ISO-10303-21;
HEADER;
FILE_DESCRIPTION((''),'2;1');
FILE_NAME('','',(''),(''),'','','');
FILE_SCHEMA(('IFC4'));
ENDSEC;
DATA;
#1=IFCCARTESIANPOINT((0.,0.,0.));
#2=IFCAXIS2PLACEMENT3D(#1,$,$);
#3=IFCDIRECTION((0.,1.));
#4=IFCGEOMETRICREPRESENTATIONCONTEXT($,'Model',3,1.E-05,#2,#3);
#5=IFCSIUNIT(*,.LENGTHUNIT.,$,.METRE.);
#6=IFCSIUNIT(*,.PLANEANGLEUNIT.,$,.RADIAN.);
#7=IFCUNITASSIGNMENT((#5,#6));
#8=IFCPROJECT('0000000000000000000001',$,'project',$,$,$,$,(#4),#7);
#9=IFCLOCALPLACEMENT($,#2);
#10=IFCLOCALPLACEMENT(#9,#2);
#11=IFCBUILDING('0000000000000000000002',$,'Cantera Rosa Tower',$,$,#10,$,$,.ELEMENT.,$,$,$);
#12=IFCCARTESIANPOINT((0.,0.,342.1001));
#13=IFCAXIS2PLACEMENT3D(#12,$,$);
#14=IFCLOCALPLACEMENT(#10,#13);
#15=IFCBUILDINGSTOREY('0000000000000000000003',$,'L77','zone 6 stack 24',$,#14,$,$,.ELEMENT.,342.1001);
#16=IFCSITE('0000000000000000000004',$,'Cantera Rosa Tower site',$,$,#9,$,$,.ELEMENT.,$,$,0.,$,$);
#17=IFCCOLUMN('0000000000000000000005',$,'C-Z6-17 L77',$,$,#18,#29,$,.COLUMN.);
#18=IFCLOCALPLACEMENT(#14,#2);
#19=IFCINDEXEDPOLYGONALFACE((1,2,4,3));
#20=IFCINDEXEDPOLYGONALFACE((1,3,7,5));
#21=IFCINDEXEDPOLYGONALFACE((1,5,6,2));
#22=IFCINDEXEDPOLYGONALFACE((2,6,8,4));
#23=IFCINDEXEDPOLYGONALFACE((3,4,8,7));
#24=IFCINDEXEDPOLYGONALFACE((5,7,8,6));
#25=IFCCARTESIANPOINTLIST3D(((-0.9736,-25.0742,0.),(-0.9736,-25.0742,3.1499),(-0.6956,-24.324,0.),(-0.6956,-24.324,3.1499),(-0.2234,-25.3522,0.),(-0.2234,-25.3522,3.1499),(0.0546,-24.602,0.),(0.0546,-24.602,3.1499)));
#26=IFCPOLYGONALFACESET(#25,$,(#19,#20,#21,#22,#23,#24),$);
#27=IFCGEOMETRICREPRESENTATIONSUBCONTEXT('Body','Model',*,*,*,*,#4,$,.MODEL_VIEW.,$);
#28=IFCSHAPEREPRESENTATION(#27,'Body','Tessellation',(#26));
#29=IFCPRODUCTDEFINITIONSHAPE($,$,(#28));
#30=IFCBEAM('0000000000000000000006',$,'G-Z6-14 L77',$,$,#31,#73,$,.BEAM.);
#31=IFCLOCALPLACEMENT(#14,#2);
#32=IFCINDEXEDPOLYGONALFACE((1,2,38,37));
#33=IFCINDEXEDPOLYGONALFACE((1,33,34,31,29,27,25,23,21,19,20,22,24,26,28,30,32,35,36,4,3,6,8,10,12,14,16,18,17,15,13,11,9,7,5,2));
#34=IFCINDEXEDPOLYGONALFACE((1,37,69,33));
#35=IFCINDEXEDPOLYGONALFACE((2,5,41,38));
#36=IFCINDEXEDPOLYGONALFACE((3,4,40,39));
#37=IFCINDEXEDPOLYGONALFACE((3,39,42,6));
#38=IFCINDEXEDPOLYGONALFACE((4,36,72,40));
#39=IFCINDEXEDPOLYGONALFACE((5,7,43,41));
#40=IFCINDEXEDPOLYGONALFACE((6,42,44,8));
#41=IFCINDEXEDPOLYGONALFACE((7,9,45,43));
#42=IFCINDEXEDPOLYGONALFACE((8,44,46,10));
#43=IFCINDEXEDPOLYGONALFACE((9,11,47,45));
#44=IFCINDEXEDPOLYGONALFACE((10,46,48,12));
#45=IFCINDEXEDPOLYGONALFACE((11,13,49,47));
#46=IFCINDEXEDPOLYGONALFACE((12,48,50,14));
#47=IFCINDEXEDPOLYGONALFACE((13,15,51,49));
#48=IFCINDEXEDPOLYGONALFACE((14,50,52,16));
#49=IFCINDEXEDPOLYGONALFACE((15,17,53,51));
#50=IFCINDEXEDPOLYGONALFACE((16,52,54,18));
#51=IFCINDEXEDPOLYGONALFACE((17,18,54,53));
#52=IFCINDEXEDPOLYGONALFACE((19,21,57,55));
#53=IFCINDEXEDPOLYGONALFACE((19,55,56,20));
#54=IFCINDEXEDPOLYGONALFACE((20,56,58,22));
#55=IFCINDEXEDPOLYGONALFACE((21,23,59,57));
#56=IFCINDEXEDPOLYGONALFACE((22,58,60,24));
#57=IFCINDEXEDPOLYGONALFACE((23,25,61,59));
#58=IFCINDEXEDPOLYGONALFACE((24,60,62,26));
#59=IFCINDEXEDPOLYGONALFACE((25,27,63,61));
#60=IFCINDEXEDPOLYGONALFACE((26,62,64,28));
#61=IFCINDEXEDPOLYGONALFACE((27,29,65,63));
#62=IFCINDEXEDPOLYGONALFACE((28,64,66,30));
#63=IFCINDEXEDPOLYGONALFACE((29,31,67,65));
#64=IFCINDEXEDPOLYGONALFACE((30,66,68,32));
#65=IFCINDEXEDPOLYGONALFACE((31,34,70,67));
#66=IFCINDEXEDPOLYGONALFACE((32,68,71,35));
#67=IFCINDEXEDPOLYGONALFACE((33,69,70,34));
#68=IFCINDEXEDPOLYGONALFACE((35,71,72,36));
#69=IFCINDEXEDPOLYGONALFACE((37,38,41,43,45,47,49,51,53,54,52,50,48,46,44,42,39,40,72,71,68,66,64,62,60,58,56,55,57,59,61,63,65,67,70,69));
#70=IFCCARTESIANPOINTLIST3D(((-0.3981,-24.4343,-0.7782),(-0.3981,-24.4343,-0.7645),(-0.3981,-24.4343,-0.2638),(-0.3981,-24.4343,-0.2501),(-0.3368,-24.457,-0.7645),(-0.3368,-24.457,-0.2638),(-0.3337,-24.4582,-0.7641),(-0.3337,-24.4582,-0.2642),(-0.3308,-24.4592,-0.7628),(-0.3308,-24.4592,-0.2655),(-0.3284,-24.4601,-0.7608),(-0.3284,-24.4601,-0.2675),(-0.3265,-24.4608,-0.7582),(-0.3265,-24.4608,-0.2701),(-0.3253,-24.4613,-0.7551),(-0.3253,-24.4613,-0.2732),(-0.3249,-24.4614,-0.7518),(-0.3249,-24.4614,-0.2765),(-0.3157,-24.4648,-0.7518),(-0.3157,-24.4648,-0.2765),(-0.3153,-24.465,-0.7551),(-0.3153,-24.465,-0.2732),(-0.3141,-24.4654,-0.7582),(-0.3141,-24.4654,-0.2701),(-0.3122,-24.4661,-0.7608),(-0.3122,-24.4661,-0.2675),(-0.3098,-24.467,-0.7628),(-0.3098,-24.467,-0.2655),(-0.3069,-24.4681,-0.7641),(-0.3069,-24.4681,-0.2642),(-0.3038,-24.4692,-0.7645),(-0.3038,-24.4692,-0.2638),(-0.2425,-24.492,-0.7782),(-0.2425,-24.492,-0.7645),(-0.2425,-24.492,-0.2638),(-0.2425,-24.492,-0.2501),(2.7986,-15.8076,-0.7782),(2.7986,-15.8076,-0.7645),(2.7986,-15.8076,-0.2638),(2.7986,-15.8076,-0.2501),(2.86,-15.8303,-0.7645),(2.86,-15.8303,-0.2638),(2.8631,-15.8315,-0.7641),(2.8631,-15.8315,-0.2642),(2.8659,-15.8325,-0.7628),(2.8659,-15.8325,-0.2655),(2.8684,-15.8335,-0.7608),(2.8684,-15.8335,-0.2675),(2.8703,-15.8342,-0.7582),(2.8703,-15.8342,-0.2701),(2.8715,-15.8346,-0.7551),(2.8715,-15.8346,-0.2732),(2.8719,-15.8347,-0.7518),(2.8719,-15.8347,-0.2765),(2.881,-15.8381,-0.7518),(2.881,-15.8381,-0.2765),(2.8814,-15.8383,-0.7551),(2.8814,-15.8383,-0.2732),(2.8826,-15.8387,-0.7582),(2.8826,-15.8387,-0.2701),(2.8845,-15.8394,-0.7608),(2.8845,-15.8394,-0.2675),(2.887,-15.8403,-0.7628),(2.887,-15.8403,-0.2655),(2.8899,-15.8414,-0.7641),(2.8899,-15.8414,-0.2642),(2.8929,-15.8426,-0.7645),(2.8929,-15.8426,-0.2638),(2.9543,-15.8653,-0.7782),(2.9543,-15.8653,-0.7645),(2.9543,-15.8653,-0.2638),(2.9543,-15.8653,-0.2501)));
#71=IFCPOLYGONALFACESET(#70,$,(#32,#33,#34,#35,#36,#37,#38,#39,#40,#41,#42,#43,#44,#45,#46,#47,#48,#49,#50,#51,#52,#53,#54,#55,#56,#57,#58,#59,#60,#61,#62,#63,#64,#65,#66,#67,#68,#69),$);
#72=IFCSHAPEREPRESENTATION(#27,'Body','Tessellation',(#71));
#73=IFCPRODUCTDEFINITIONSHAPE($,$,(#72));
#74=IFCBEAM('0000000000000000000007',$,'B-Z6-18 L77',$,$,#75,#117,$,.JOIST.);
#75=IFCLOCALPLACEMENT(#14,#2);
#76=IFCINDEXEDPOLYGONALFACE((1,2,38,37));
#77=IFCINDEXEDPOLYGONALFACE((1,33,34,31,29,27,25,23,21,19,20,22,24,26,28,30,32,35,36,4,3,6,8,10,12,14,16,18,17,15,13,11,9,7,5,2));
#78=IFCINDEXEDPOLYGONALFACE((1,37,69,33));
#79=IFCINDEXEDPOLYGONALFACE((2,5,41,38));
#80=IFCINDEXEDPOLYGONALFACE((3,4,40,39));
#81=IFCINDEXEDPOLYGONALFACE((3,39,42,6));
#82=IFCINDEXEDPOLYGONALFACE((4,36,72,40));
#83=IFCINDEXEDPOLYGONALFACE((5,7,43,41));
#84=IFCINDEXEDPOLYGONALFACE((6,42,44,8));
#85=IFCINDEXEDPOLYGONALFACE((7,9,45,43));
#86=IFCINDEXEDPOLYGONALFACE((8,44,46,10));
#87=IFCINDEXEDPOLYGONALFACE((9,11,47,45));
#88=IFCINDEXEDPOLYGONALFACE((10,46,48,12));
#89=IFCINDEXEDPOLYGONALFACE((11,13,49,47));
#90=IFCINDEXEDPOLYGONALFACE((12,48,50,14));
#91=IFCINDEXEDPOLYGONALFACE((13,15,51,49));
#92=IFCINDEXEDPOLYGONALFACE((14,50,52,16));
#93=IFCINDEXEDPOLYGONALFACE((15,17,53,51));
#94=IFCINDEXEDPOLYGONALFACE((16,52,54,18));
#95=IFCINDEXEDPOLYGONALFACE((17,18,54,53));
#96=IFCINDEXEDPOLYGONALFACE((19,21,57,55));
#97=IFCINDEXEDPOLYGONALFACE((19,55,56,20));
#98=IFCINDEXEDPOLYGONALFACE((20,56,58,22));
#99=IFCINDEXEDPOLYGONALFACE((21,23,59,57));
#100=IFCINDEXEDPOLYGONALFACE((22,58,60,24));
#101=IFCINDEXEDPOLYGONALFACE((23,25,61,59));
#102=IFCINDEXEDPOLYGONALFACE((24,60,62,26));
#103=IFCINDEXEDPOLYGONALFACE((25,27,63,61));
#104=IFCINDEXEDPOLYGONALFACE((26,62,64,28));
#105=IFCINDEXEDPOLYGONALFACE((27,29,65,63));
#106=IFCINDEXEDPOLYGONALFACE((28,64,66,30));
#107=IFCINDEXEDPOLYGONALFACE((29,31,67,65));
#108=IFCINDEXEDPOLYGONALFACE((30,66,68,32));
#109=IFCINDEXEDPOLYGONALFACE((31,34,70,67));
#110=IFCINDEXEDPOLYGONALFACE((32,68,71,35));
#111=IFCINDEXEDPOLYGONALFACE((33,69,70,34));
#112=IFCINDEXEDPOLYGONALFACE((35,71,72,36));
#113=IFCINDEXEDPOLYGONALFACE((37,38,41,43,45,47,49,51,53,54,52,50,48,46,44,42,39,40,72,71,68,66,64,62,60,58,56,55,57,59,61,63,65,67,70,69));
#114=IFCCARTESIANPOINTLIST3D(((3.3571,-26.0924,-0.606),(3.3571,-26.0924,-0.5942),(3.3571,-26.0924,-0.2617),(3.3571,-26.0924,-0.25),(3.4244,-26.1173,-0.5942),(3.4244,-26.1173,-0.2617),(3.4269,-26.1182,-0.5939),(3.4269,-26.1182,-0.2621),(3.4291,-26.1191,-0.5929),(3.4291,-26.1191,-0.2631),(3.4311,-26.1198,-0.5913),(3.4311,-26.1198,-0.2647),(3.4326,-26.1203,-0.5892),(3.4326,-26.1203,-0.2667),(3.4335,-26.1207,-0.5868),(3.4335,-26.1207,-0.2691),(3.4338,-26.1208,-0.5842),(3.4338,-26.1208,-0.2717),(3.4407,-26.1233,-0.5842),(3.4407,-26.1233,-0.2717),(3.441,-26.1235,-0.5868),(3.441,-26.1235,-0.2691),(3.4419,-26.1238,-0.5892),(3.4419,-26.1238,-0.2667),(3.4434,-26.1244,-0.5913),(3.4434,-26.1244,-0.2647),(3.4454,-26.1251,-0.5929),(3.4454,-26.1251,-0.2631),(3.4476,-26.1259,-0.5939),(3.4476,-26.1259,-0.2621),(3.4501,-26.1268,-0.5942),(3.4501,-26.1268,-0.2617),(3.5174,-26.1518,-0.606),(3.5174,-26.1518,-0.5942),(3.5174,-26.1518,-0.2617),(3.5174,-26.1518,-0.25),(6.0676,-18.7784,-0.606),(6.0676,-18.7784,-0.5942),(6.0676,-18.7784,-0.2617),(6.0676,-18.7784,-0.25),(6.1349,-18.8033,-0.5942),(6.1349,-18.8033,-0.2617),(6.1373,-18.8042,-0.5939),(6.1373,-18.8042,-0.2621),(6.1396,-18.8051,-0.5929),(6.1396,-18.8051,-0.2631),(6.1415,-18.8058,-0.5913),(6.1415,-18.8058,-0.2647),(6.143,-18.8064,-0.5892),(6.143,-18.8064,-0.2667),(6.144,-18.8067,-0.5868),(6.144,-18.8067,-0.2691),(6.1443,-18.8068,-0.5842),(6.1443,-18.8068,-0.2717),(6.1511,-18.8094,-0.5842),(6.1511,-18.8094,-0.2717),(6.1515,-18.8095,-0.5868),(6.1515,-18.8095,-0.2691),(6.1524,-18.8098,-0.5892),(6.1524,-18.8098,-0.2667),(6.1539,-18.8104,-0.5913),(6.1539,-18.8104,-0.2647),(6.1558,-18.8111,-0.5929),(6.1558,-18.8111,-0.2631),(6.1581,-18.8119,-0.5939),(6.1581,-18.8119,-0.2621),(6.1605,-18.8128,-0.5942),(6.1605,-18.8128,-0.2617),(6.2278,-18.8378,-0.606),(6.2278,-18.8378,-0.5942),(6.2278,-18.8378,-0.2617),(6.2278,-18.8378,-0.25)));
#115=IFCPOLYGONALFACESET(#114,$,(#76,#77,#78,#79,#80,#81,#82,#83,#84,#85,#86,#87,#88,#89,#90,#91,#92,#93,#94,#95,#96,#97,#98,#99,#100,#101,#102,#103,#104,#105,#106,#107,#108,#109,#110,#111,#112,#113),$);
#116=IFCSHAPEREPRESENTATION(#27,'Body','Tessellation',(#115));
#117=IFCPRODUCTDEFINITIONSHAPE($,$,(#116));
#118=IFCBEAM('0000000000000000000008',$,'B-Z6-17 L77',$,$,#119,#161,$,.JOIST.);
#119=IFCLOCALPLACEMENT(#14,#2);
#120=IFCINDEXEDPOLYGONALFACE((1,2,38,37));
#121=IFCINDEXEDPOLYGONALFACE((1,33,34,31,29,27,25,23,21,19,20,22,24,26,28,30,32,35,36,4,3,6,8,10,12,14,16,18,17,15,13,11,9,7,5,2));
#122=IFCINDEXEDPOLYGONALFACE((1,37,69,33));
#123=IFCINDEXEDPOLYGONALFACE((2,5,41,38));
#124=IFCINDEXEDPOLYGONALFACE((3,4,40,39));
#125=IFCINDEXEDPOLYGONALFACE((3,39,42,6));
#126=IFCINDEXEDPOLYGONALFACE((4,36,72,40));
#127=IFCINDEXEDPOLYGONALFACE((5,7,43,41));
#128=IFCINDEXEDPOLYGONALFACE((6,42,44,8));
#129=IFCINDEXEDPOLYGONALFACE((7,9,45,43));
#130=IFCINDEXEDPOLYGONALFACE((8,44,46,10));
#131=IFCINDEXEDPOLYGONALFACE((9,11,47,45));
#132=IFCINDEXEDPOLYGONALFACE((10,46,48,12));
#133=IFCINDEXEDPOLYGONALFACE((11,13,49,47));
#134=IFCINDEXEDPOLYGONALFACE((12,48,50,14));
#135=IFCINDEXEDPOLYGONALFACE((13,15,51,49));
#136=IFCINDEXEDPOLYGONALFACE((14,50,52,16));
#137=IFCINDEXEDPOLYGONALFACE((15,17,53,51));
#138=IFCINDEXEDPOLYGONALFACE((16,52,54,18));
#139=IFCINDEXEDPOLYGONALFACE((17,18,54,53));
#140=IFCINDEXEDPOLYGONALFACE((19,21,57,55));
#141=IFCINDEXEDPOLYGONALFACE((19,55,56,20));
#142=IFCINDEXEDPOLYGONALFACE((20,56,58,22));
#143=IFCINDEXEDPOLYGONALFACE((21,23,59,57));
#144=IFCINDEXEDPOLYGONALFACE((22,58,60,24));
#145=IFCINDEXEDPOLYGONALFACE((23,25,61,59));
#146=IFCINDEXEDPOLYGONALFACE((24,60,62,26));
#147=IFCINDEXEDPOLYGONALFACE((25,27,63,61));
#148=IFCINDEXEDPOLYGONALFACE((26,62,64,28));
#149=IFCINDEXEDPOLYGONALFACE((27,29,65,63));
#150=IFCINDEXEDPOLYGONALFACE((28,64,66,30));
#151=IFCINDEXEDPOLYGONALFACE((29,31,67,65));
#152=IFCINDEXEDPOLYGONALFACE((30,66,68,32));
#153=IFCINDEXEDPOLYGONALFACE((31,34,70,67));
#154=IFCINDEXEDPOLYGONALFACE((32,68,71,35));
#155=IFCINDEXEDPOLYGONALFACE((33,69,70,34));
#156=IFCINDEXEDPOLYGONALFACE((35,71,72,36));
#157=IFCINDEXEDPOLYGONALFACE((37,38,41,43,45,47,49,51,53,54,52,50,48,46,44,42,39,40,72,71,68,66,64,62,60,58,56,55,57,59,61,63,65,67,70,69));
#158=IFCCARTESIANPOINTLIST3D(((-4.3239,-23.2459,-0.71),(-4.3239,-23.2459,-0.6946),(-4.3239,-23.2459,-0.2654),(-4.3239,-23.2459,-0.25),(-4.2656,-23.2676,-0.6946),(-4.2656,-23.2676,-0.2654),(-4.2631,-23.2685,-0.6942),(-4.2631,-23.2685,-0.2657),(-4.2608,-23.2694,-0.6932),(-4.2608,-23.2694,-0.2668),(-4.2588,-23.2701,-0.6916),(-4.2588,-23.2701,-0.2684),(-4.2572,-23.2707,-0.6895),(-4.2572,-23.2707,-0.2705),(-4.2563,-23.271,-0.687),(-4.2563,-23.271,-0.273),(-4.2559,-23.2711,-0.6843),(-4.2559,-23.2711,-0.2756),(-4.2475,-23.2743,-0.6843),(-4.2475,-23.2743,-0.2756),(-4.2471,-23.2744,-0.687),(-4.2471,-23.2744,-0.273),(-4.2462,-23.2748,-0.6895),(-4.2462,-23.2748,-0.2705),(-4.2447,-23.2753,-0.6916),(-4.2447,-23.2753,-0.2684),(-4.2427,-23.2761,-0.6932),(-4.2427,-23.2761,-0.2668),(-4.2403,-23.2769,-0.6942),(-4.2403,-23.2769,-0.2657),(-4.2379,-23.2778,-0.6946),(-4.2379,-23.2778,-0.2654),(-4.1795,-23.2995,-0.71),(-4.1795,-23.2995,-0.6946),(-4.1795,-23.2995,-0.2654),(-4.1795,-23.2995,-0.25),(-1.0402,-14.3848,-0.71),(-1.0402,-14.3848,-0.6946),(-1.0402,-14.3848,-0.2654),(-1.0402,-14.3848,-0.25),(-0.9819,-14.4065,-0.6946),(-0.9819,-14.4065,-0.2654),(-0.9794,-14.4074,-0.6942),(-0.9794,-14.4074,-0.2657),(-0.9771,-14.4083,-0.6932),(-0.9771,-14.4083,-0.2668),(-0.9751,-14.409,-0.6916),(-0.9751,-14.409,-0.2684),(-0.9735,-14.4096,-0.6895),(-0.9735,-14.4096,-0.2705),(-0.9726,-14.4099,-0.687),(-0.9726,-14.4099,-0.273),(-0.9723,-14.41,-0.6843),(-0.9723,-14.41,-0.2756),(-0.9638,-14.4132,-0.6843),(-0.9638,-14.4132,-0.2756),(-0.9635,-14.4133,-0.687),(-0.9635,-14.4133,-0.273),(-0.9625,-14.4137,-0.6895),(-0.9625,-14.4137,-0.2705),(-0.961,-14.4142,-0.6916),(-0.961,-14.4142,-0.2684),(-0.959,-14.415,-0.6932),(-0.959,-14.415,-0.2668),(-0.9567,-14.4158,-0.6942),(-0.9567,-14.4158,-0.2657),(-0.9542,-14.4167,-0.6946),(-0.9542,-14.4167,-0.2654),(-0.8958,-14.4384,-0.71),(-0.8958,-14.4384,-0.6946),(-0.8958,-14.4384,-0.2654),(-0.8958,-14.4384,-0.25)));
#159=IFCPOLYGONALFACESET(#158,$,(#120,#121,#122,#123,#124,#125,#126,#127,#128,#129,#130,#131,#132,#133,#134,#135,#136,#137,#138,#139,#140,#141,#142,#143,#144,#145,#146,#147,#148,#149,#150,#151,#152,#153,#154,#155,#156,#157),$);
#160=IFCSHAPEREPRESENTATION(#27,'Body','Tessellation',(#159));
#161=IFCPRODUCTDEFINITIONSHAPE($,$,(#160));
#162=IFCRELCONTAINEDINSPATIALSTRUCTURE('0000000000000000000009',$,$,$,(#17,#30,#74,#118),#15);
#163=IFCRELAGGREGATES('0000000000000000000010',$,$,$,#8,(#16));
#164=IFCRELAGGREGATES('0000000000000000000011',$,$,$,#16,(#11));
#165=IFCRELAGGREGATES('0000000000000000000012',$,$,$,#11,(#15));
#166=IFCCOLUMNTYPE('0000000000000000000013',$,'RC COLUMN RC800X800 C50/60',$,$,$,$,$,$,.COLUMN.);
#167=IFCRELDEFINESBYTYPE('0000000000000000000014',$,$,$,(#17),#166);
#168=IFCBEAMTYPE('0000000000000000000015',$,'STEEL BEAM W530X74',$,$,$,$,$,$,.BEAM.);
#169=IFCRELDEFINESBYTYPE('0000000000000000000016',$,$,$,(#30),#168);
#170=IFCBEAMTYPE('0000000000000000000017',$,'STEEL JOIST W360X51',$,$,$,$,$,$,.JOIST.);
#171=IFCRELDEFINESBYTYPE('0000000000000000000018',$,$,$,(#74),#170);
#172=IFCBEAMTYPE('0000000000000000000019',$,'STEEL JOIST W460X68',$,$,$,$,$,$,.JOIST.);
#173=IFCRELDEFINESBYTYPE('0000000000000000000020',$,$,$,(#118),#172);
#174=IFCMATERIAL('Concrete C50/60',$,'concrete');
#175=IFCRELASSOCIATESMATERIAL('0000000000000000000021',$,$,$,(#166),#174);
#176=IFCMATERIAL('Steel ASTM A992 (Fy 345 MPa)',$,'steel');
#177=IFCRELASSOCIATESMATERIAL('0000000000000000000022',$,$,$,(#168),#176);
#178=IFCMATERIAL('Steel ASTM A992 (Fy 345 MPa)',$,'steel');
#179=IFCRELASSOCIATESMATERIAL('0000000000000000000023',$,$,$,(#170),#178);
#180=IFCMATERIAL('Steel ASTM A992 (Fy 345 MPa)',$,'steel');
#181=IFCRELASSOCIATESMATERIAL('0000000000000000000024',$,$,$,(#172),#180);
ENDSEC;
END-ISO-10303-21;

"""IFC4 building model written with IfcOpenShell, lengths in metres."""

from ifc_helpers import new_model, si_unit, direction, frame, origin, origin_2d, place, context, subcontext, project, spatial, rectangle, i_section, extrude, material, material_profile, profile_set, type_object, element, save


model = new_model("IFC4")

# Units and contexts
model_context = context("Model", 3, precision=1e-05, world=origin(), true_north=direction((0.0, 1.0)))
body_context = subcontext(model_context, "Body", "Model", "MODEL_VIEW")
ifc_project = project(units=[si_unit("LENGTHUNIT", "METRE"), si_unit("PLANEANGLEUNIT", "RADIAN")], contexts=[model_context])

# Site, building, storey
site_placement = place(None, origin())
site = spatial("IfcSite", under=ifc_project, at=site_placement, Name="Cantera Rosa Tower site", CompositionType="ELEMENT", RefElevation=0.0)
building_placement = place(site_placement, origin())
building = spatial("IfcBuilding", under=site, at=building_placement, Name="Cantera Rosa Tower", CompositionType="ELEMENT")
storey_placement = place(building_placement, frame((0.0, 0.0, 342.1001)))
storey = spatial("IfcBuildingStorey", under=building, at=storey_placement, Name="L77", Description="zone 6 stack 24", CompositionType="ELEMENT", Elevation=342.1001)

# Column
ifc_material_1 = material(Name="Concrete C50/60", Category="concrete")
ifc_material_profile_1 = material_profile(ifc_material_1, rectangle(XDim=0.8, YDim=0.8, at=origin_2d()), Name="RC COLUMN RC800X800 C50/60")
ifc_profile_set_1 = profile_set([ifc_material_profile_1], Name="Concrete C50/60")
column_type = type_object("IfcColumnType", Name="RC COLUMN RC800X800 C50/60", PredefinedType="COLUMN", material=ifc_profile_set_1)
column_placement = place(storey_placement, frame((-0.4595, -24.8381, 0.0), z_axis=(0.0, 0.0, 1.0), x_axis=(0.347481, 0.937687, 0.0)))
element("IfcColumn", 1, at=column_placement, inside=storey, type_object=column_type, Name="C-Z6-17 L77", PredefinedType="COLUMN", context=body_context, shape_type="SweptSolid", body=[
    extrude(rectangle(XDim=0.8, YDim=0.8, at=origin_2d()), origin(), (0.0, 0.0, 1.0), 3.1499),
])

# Beams
ifc_material_2 = material(Name="Steel ASTM A992 (Fy 345 MPa)", Category="steel")
ifc_material_profile_2 = material_profile(ifc_material_2, i_section(OverallWidth=0.166, OverallDepth=0.5281, WebThickness=0.0098, FlangeThickness=0.0137, FilletRadius=0.0127, at=origin_2d()), Name="W530X74")
ifc_profile_set_2 = profile_set([ifc_material_profile_2], Name="Steel ASTM A992 (Fy 345 MPa)")
beam_type_1 = type_object("IfcBeamType", Name="STEEL BEAM W530X74", PredefinedType="BEAM", material=ifc_profile_set_2)
beam_1_placement = place(storey_placement, frame((-0.3203, -24.4631, -0.5142), z_axis=(0.347477, 0.937689, 0.0), x_axis=(-0.937689, 0.347477, 0.0)))
element("IfcBeam", 2, at=beam_1_placement, inside=storey, type_object=beam_type_1, Name="G-Z6-14 L77", PredefinedType="BEAM", context=body_context, shape_type="SweptSolid", body=[
    extrude(i_section(OverallWidth=0.166, OverallDepth=0.5281, WebThickness=0.0098, FlangeThickness=0.0137, FilletRadius=0.0127, at=origin_2d()), origin(), (0.0, 0.0, 1.0), 9.2),
])
ifc_material_3 = material(Name="Steel ASTM A992 (Fy 345 MPa)", Category="steel")
ifc_material_profile_3 = material_profile(ifc_material_3, i_section(OverallWidth=0.1709, OverallDepth=0.356, WebThickness=0.0073, FlangeThickness=0.0117, FilletRadius=0.01, at=origin_2d()), Name="W360X51")
ifc_profile_set_3 = profile_set([ifc_material_profile_3], Name="Steel ASTM A992 (Fy 345 MPa)")
beam_type_2 = type_object("IfcBeamType", Name="STEEL JOIST W360X51", PredefinedType="JOIST", material=ifc_profile_set_3)
beam_2_placement = place(storey_placement, frame((3.4373, -26.1221, -0.428), z_axis=(0.347492, 0.937683, 0.0), x_axis=(-0.937683, 0.347492, 0.0)))
element("IfcBeam", 3, at=beam_2_placement, inside=storey, type_object=beam_type_2, Name="B-Z6-18 L77", PredefinedType="JOIST", context=body_context, shape_type="SweptSolid", body=[
    extrude(i_section(OverallWidth=0.1709, OverallDepth=0.356, WebThickness=0.0073, FlangeThickness=0.0117, FilletRadius=0.01, at=origin_2d()), origin(), (0.0, 0.0, 1.0), 7.8),
])
ifc_material_4 = material(Name="Steel ASTM A992 (Fy 345 MPa)", Category="steel")
ifc_material_profile_4 = material_profile(ifc_material_4, i_section(OverallWidth=0.1541, OverallDepth=0.46, WebThickness=0.009, FlangeThickness=0.0154, FilletRadius=0.0103, at=origin_2d()), Name="W460X68")
ifc_profile_set_4 = profile_set([ifc_material_profile_4], Name="Steel ASTM A992 (Fy 345 MPa)")
beam_type_3 = type_object("IfcBeamType", Name="STEEL JOIST W460X68", PredefinedType="JOIST", material=ifc_profile_set_4)
beam_3_placement = place(storey_placement, frame((-4.2517, -23.2727, -0.48), z_axis=(0.347483, 0.937686, 0.0), x_axis=(-0.937686, 0.347483, 0.0)))
element("IfcBeam", 4, at=beam_3_placement, inside=storey, type_object=beam_type_3, Name="B-Z6-17 L77", PredefinedType="JOIST", context=body_context, shape_type="SweptSolid", body=[
    extrude(i_section(OverallWidth=0.1541, OverallDepth=0.46, WebThickness=0.009, FlangeThickness=0.0154, FilletRadius=0.0103, at=origin_2d()), origin(), (0.0, 0.0, 1.0), 9.45),
])

save(model, "model.ifc")
